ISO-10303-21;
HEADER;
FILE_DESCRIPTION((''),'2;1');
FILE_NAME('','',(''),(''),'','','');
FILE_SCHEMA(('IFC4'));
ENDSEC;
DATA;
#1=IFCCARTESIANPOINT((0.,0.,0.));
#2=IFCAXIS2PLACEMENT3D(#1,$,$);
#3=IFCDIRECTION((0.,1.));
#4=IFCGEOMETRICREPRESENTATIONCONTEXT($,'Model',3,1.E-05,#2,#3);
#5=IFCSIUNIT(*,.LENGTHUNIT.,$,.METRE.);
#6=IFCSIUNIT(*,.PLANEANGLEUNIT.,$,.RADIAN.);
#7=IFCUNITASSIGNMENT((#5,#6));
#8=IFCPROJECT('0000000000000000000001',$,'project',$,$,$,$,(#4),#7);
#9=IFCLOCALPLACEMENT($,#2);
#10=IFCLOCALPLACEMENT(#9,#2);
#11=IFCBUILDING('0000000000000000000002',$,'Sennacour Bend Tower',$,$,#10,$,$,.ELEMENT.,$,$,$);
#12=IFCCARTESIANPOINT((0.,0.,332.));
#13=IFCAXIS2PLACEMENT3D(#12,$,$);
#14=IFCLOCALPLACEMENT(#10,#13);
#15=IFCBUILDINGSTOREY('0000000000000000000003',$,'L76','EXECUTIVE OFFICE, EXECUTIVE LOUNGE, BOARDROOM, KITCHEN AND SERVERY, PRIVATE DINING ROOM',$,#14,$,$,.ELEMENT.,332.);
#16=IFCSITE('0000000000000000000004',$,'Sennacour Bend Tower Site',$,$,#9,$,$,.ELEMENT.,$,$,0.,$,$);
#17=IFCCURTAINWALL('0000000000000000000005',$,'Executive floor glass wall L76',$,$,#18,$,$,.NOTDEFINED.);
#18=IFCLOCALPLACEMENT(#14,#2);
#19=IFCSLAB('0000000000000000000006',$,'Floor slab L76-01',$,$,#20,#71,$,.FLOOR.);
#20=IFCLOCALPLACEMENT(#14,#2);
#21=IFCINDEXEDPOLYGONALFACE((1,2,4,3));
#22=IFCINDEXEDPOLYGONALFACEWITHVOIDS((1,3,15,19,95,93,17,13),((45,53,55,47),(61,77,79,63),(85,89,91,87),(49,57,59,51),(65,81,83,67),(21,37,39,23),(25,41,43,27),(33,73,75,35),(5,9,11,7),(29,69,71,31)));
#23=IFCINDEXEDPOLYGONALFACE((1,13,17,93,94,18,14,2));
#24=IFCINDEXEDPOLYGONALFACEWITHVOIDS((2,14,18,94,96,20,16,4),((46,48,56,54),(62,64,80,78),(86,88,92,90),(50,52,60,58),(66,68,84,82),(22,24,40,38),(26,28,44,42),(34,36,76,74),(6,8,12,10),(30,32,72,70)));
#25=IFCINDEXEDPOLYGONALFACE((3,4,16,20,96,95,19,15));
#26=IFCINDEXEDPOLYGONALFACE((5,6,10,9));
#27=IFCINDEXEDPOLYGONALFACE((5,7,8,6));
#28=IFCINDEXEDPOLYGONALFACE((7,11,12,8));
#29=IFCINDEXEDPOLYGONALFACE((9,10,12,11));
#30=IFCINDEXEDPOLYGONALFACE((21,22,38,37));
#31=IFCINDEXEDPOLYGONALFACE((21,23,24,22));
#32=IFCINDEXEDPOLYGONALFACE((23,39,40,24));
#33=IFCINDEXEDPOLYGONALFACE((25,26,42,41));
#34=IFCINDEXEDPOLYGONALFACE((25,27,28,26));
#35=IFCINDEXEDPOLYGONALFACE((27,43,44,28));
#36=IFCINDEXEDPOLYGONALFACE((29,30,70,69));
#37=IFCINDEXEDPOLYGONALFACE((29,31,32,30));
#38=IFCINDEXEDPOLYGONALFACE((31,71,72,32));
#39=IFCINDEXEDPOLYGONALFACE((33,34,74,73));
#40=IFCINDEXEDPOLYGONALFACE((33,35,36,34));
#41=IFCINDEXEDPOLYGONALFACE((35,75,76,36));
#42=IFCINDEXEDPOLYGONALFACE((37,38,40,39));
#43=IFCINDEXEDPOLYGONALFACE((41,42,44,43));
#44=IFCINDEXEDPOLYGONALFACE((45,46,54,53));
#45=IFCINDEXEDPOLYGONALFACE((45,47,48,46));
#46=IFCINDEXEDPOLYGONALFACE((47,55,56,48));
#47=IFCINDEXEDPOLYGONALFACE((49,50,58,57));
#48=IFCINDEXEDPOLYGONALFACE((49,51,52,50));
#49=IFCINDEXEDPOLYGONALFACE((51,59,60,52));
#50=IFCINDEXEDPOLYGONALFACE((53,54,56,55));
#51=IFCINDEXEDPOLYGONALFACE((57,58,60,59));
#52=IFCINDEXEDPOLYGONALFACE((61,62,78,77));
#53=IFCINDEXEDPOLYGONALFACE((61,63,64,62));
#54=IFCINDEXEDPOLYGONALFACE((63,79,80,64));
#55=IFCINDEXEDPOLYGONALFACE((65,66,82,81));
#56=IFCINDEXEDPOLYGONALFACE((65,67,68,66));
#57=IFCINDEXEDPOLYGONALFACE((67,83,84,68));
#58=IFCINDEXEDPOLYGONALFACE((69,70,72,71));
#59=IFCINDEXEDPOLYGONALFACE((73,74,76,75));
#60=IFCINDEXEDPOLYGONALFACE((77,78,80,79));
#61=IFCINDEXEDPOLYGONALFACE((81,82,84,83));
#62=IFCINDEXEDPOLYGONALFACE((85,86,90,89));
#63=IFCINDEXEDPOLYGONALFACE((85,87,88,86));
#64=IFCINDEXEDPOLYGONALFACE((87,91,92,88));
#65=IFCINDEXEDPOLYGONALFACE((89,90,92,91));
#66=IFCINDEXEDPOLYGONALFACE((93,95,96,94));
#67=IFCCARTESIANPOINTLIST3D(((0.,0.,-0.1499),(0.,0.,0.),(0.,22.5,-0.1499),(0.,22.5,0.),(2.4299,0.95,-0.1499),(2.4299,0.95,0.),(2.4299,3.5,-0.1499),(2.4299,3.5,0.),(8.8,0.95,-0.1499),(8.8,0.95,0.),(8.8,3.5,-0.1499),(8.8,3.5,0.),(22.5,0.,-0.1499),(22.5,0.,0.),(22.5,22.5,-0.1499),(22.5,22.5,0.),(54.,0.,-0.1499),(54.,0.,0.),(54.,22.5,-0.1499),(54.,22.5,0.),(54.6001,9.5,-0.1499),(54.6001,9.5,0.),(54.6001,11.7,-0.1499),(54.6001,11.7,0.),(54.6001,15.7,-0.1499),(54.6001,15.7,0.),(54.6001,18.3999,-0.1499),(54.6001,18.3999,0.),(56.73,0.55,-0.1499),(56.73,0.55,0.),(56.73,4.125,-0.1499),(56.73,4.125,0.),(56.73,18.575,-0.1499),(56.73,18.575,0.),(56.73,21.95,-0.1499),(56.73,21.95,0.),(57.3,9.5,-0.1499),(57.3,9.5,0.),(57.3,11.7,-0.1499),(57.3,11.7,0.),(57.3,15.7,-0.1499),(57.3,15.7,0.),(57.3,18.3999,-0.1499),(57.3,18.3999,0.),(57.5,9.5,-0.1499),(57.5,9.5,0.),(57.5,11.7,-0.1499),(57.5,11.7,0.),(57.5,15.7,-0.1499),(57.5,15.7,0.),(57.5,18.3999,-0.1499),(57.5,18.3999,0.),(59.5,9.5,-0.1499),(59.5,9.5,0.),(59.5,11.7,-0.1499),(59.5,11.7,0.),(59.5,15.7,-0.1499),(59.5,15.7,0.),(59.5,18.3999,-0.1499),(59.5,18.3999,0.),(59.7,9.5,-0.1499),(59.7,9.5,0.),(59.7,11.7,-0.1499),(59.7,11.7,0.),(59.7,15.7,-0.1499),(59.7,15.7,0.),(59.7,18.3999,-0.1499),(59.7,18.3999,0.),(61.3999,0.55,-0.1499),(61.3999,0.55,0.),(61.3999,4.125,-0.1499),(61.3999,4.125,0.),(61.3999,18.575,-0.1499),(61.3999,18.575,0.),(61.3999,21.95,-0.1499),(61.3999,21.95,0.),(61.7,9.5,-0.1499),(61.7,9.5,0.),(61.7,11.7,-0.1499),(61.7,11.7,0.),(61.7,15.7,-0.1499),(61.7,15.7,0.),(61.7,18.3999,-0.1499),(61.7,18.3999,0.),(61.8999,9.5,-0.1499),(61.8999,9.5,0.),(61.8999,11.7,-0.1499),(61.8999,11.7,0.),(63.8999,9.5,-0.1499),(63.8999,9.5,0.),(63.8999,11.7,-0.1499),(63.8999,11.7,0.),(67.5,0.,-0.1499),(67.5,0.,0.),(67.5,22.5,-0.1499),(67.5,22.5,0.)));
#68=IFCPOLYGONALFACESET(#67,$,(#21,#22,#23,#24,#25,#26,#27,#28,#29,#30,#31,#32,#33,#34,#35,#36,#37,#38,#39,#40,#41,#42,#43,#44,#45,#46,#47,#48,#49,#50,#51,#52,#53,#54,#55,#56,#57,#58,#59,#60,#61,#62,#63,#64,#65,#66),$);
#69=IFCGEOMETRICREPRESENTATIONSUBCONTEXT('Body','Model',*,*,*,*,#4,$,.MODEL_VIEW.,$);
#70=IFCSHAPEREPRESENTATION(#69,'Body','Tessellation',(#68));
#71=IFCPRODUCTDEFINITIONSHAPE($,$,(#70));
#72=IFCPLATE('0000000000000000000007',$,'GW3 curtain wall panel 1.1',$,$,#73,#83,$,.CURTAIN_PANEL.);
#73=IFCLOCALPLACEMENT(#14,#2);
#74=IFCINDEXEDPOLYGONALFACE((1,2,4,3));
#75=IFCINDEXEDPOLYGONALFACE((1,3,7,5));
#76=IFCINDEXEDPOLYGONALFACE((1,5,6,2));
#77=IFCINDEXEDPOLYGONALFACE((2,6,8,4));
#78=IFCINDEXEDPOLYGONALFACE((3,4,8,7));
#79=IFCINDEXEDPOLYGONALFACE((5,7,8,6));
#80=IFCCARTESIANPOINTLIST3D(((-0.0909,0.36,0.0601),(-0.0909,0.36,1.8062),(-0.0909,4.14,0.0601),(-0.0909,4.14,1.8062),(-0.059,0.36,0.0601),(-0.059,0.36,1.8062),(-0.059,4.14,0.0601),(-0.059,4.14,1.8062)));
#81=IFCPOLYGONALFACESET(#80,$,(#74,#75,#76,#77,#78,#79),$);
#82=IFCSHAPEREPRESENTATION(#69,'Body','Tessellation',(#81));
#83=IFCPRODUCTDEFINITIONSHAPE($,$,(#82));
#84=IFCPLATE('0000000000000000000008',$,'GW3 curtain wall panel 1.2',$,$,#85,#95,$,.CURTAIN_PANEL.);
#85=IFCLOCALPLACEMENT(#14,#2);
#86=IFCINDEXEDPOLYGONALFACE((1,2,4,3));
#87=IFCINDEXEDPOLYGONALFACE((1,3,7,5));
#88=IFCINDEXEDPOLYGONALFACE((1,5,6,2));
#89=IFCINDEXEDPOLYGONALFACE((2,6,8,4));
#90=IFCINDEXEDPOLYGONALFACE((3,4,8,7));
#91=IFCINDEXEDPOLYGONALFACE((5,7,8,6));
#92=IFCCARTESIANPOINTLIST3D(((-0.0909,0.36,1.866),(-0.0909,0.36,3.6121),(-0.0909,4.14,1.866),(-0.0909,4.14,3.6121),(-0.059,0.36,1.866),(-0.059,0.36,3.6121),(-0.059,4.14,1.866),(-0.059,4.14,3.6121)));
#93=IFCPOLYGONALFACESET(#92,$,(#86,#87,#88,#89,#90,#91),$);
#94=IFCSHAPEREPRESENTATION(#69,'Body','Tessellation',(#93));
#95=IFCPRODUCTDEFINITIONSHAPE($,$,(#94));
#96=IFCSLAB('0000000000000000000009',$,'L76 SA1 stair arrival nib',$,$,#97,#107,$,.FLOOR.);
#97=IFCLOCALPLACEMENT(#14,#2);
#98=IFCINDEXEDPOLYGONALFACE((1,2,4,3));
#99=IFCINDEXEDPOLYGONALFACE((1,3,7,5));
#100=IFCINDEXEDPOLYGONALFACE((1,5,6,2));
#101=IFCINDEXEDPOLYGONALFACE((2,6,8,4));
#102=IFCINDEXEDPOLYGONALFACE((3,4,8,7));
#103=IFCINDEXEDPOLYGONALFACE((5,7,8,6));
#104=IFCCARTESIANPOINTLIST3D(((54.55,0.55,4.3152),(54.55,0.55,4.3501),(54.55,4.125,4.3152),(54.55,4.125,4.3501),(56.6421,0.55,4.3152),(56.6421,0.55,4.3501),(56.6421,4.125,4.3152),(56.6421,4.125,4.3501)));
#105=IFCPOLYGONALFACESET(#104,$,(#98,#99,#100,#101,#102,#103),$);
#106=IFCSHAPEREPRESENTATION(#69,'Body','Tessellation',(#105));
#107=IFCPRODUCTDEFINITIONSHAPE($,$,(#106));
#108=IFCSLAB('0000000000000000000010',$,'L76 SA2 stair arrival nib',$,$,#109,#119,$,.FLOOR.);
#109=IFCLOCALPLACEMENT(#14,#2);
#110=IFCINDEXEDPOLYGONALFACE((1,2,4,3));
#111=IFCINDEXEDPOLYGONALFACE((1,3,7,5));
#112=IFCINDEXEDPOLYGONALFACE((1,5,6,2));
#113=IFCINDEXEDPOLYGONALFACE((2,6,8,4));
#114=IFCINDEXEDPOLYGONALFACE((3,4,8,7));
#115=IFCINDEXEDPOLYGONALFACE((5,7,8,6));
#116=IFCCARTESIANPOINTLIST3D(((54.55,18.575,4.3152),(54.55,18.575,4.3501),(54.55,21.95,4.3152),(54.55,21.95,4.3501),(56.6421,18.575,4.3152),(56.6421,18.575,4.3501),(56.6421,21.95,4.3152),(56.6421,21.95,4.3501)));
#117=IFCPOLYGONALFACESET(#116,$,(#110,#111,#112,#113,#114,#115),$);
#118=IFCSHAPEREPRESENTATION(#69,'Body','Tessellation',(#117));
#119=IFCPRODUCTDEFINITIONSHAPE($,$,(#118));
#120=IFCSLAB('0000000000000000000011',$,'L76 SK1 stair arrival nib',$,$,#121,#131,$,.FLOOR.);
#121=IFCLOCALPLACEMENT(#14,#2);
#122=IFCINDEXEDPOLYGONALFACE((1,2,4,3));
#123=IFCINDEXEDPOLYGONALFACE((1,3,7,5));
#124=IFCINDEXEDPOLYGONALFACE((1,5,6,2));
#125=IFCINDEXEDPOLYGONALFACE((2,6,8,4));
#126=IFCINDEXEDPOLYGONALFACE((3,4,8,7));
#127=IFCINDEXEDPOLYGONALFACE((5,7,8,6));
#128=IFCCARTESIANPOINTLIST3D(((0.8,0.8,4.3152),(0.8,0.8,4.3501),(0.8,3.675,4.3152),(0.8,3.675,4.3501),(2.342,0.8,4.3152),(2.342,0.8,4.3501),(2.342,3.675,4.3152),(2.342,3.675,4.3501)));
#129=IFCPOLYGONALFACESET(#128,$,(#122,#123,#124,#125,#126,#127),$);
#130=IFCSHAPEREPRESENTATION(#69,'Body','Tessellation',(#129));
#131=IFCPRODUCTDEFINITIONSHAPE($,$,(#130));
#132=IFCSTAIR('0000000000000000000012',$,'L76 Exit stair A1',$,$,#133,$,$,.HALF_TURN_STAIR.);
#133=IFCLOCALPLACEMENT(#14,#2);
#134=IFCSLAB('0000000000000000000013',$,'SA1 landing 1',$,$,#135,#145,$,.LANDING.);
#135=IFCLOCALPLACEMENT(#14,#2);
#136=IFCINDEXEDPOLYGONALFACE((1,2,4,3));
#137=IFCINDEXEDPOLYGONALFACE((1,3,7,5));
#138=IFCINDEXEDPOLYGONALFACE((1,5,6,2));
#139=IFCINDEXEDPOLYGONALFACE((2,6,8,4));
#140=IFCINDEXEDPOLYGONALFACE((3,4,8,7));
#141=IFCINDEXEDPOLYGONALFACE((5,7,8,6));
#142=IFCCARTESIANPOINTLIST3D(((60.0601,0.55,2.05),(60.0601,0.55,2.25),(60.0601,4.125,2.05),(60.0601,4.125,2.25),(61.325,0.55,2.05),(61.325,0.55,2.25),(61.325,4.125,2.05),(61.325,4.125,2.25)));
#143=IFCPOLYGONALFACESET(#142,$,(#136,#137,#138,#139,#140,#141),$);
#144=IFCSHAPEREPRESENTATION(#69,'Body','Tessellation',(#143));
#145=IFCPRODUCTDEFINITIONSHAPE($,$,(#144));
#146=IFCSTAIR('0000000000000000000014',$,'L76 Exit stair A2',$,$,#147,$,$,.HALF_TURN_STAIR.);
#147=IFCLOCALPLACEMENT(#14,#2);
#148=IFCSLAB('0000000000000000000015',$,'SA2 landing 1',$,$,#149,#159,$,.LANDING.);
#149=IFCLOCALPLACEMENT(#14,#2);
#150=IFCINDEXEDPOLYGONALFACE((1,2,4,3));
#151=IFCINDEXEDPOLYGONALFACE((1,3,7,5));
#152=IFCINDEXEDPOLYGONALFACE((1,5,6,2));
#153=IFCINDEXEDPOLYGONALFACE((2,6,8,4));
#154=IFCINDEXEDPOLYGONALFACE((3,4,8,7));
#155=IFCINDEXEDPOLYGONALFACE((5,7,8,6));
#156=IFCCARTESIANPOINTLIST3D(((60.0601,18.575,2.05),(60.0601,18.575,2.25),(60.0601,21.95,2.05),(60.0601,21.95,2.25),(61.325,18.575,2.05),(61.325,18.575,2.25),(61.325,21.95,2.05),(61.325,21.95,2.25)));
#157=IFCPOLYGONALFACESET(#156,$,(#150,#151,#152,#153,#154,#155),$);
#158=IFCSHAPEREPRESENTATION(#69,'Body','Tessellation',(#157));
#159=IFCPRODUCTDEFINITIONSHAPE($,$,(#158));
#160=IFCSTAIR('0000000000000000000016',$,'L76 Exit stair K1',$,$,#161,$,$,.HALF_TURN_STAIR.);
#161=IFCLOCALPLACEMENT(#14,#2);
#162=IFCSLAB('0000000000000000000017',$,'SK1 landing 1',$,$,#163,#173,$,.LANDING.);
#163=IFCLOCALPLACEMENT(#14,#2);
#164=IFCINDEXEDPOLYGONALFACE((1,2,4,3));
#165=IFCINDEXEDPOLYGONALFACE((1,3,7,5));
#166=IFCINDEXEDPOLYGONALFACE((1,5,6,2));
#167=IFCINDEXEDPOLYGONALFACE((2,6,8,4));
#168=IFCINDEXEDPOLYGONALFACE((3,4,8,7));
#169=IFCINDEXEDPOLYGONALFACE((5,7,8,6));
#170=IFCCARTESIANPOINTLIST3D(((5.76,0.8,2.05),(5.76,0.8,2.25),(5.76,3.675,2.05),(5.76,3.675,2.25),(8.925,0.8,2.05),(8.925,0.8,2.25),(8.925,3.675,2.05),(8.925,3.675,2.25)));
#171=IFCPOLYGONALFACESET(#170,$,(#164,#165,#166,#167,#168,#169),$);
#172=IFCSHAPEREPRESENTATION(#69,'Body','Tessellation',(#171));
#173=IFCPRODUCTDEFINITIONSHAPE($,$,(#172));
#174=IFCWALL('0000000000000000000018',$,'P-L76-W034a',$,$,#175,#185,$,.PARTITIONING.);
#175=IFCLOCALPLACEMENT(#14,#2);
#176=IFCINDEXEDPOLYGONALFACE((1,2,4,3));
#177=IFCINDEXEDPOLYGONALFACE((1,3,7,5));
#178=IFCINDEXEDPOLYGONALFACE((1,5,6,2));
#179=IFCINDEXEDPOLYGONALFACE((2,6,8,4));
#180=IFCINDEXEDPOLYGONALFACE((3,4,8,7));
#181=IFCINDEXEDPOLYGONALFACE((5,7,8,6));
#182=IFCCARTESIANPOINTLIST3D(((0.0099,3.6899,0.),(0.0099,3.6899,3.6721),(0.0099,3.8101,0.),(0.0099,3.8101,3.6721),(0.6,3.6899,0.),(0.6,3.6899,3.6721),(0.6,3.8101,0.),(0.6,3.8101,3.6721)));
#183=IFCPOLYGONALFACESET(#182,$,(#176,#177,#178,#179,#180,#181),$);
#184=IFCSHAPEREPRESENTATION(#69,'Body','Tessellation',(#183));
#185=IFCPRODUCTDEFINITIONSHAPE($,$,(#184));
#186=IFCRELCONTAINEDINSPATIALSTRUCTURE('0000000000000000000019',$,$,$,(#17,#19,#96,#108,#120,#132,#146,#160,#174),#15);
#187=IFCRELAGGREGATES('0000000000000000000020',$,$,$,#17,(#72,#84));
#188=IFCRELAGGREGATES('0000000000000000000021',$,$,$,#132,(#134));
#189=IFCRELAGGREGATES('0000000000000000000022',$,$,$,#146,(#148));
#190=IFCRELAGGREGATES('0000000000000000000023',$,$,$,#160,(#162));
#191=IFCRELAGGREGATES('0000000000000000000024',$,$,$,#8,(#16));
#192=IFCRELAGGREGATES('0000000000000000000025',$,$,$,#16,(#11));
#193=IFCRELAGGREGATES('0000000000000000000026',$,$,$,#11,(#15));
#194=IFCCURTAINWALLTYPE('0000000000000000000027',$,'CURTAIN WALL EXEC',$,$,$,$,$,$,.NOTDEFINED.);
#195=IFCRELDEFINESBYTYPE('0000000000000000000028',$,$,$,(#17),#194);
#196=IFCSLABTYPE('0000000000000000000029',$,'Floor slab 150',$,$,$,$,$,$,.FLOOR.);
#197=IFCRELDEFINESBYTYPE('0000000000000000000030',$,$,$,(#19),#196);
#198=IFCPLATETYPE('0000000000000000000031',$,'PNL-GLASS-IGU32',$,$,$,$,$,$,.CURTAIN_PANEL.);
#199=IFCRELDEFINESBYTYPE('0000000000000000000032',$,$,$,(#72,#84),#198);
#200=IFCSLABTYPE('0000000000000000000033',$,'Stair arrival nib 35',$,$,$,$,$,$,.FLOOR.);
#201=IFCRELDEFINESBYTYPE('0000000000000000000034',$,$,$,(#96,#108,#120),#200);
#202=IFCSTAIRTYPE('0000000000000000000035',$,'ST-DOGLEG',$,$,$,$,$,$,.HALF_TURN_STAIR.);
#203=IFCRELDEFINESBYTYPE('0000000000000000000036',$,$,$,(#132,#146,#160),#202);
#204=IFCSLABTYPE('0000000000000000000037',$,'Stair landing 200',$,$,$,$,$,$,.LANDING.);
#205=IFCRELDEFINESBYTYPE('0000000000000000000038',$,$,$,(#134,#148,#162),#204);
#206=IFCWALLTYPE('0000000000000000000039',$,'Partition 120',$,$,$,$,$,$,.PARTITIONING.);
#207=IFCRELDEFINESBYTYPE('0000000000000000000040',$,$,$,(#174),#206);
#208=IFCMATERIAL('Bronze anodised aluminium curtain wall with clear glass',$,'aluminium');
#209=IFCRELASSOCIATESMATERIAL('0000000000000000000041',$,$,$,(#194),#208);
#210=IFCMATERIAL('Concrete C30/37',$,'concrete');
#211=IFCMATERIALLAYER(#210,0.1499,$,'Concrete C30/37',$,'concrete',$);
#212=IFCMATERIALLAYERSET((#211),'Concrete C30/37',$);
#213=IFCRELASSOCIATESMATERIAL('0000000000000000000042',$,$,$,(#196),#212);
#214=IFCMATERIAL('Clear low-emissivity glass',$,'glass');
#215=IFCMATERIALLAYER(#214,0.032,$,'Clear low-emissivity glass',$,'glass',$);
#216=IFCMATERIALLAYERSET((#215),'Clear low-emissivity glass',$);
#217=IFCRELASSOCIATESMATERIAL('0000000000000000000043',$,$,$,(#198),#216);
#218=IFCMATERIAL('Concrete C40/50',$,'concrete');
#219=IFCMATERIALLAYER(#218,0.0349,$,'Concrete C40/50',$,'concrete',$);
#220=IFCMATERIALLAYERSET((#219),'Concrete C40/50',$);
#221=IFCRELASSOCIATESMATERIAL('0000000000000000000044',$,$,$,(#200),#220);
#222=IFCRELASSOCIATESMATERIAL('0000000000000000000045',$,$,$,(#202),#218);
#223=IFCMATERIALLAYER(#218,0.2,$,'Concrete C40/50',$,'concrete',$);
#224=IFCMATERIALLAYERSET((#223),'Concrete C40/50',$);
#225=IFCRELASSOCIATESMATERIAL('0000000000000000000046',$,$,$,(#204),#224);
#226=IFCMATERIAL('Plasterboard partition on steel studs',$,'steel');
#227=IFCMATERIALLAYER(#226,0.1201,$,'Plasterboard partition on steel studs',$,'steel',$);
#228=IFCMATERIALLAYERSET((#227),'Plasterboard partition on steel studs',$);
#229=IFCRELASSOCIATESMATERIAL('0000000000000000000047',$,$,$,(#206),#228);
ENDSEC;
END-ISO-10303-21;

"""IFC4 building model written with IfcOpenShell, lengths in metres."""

from ifc_helpers import new_model, si_unit, direction, frame, frame_2d, origin, origin_2d, place, context, subcontext, project, spatial, polyline, rectangle, outline, extrude, material, layer, layer_set, type_object, element, aggregate, save


model = new_model("IFC4")

# Units and contexts
model_context = context("Model", 3, precision=1e-05, world=origin(), true_north=direction((0.0, 1.0)))
body_context = subcontext(model_context, "Body", "Model", "MODEL_VIEW")
ifc_project = project(units=[si_unit("LENGTHUNIT", "METRE"), si_unit("PLANEANGLEUNIT", "RADIAN")], contexts=[model_context])

# Site, building, storey
site_placement = place(None, origin())
site = spatial("IfcSite", under=ifc_project, at=site_placement, Name="Sennacour Bend Tower Site", CompositionType="ELEMENT", RefElevation=0.0)
building_placement = place(site_placement, origin())
building = spatial("IfcBuilding", under=site, at=building_placement, Name="Sennacour Bend Tower", CompositionType="ELEMENT")
storey_placement = place(building_placement, frame((0.0, 0.0, 332.0)))
storey = spatial("IfcBuildingStorey", under=building, at=storey_placement, Name="L76", Description="EXECUTIVE OFFICE, EXECUTIVE LOUNGE, BOARDROOM, KITCHEN AND SERVERY, PRIVATE DINING ROOM", CompositionType="ELEMENT", Elevation=332.0)

# Shared definitions
ifc_material_1 = material(Name="Bronze anodised aluminium curtain wall with clear glass", Category="aluminium")
curtain_wall_type = type_object("IfcCurtainWallType", Name="CURTAIN WALL EXEC", PredefinedType="NOTDEFINED", material=ifc_material_1)

# Curtain wall
curtain_wall_1_placement = place(storey_placement, origin())
curtain_wall_1 = element("IfcCurtainWall", 1, at=curtain_wall_1_placement, inside=storey, type_object=curtain_wall_type, Name="Executive floor glass wall L76", PredefinedType="NOTDEFINED")

# Slab
ifc_material_2 = material(Name="Concrete C30/37", Category="concrete")
ifc_layer_1 = layer(ifc_material_2, 0.1499, Name="Concrete C30/37", Category="concrete")
ifc_layer_set_1 = layer_set([ifc_layer_1], Name="Concrete C30/37")
slab_type_1 = type_object("IfcSlabType", Name="Floor slab 150", PredefinedType="FLOOR", material=ifc_layer_set_1)
slab_1_placement = place(storey_placement, frame((0.0, 0.0, -0.1499)))
element("IfcSlab", 2, at=slab_1_placement, inside=storey, type_object=slab_type_1, Name="Floor slab L76-01", PredefinedType="FLOOR", context=body_context, shape_type="SweptSolid", body=[
    extrude(outline(polyline([(0.0, 22.5), (22.5, 22.5), (54.0, 22.5), (67.5, 22.5), (67.5, 0.0), (54.0, 0.0), (22.5, 0.0), (0.0, 0.0), (0.0, 22.5)]), holes=[polyline([(8.8, 3.5), (2.4299, 3.5), (2.4299, 0.95), (8.8, 0.95), (8.8, 3.5)]), polyline([(61.3999, 4.125), (56.73, 4.125), (56.73, 0.55), (61.3999, 0.55), (61.3999, 4.125)]), polyline([(57.3, 11.7), (54.6001, 11.7), (54.6001, 9.5), (57.3, 9.5), (57.3, 11.7)]), polyline([(59.5, 9.5), (59.5, 11.7), (57.5, 11.7), (57.5, 9.5), (59.5, 9.5)]), polyline([(61.7, 9.5), (61.7, 11.7), (59.7, 11.7), (59.7, 9.5), (61.7, 9.5)]), polyline([(63.8999, 11.7), (61.8999, 11.7), (61.8999, 9.5), (63.8999, 9.5), (63.8999, 11.7)]), polyline([(57.3, 18.3999), (54.6001, 18.3999), (54.6001, 15.7), (57.3, 15.7), (57.3, 18.3999)]), polyline([(59.5, 18.3999), (57.5, 18.3999), (57.5, 15.7), (59.5, 15.7), (59.5, 18.3999)]), polyline([(61.7, 15.7), (61.7, 18.3999), (59.7, 18.3999), (59.7, 15.7), (61.7, 15.7)]), polyline([(61.3999, 18.575), (61.3999, 21.95), (56.73, 21.95), (56.73, 18.575), (61.3999, 18.575)])]), origin(), (0.0, 0.0, 1.0), 0.1499),
])

# Plates
ifc_material_3 = material(Name="Clear low-emissivity glass", Category="glass")
ifc_layer_2 = layer(ifc_material_3, 0.032, Name="Clear low-emissivity glass", Category="glass")
ifc_layer_set_2 = layer_set([ifc_layer_2], Name="Clear low-emissivity glass")
plate_type = type_object("IfcPlateType", Name="PNL-GLASS-IGU32", PredefinedType="CURTAIN_PANEL", material=ifc_layer_set_2)
plate_1_placement = place(storey_placement, frame((-0.075, 2.25, 0.0601), z_axis=(0.0, 0.0, 1.0), x_axis=(0.0, -1.0, 0.0)))
plate_1 = element("IfcPlate", 3, at=plate_1_placement, type_object=plate_type, Name="GW3 curtain wall panel 1.1", PredefinedType="CURTAIN_PANEL", context=body_context, shape_type="SweptSolid", body=[
    extrude(rectangle(XDim=3.78, YDim=0.032, at=origin_2d()), origin(), (0.0, 0.0, 1.0), 1.7461),
])
plate_2_placement = place(storey_placement, frame((-0.075, 2.25, 1.866), z_axis=(0.0, 0.0, 1.0), x_axis=(0.0, -1.0, 0.0)))
plate_2 = element("IfcPlate", 4, at=plate_2_placement, type_object=plate_type, Name="GW3 curtain wall panel 1.2", PredefinedType="CURTAIN_PANEL", context=body_context, shape_type="SweptSolid", body=[
    extrude(rectangle(XDim=3.78, YDim=0.032, at=origin_2d()), origin(), (0.0, 0.0, 1.0), 1.7461),
])
aggregate(curtain_wall_1, [plate_1, plate_2])

# Slabs
ifc_material_4 = material(Name="Concrete C40/50", Category="concrete")
ifc_layer_3 = layer(ifc_material_4, 0.0349, Name="Concrete C40/50", Category="concrete")
ifc_layer_set_3 = layer_set([ifc_layer_3], Name="Concrete C40/50")
slab_type_2 = type_object("IfcSlabType", Name="Stair arrival nib 35", PredefinedType="FLOOR", material=ifc_layer_set_3)
slab_2_placement = place(storey_placement, frame((0.0, 0.0, 4.3152)))
element("IfcSlab", 5, at=slab_2_placement, inside=storey, type_object=slab_type_2, Name="L76 SA1 stair arrival nib", PredefinedType="FLOOR", context=body_context, shape_type="SweptSolid", body=[
    extrude(outline(polyline([(56.6421, 4.125), (54.55, 4.125), (54.55, 0.55), (56.6421, 0.55), (56.6421, 4.125)])), origin(), (0.0, 0.0, 1.0), 0.0349),
])
slab_3_placement = place(storey_placement, frame((0.0, 0.0, 4.3152)))
element("IfcSlab", 6, at=slab_3_placement, inside=storey, type_object=slab_type_2, Name="L76 SA2 stair arrival nib", PredefinedType="FLOOR", context=body_context, shape_type="SweptSolid", body=[
    extrude(outline(polyline([(56.6421, 21.95), (54.55, 21.95), (54.55, 18.575), (56.6421, 18.575), (56.6421, 21.95)])), origin(), (0.0, 0.0, 1.0), 0.0349),
])
slab_4_placement = place(storey_placement, frame((0.0, 0.0, 4.3152)))
element("IfcSlab", 7, at=slab_4_placement, inside=storey, type_object=slab_type_2, Name="L76 SK1 stair arrival nib", PredefinedType="FLOOR", context=body_context, shape_type="SweptSolid", body=[
    extrude(outline(polyline([(2.342, 3.675), (0.8, 3.675), (0.8, 0.8), (2.342, 0.8), (2.342, 3.675)])), origin(), (0.0, 0.0, 1.0), 0.0349),
])

# Stairs, slabs
stair_type = type_object("IfcStairType", Name="ST-DOGLEG", PredefinedType="HALF_TURN_STAIR", material=ifc_material_4)
stair_1_placement = place(storey_placement, origin())
stair_1 = element("IfcStair", 8, at=stair_1_placement, inside=storey, type_object=stair_type, Name="L76 Exit stair A1", PredefinedType="HALF_TURN_STAIR")
ifc_layer_4 = layer(ifc_material_4, 0.2, Name="Concrete C40/50", Category="concrete")
ifc_layer_set_4 = layer_set([ifc_layer_4], Name="Concrete C40/50")
slab_type_3 = type_object("IfcSlabType", Name="Stair landing 200", PredefinedType="LANDING", material=ifc_layer_set_4)
slab_5_placement = place(storey_placement, frame((0.0, 0.0, 2.05)))
slab_5 = element("IfcSlab", 9, at=slab_5_placement, type_object=slab_type_3, Name="SA1 landing 1", PredefinedType="LANDING", context=body_context, shape_type="SweptSolid", body=[
    extrude(outline(polyline([(60.0601, 0.55), (61.325, 0.55), (61.325, 4.125), (60.0601, 4.125), (60.0601, 0.55)])), origin(), (0.0, 0.0, 1.0), 0.2),
])
aggregate(stair_1, [slab_5])
stair_2_placement = place(storey_placement, origin())
stair_2 = element("IfcStair", 10, at=stair_2_placement, inside=storey, type_object=stair_type, Name="L76 Exit stair A2", PredefinedType="HALF_TURN_STAIR")
slab_6_placement = place(storey_placement, frame((0.0, 0.0, 2.05)))
slab_6 = element("IfcSlab", 11, at=slab_6_placement, type_object=slab_type_3, Name="SA2 landing 1", PredefinedType="LANDING", context=body_context, shape_type="SweptSolid", body=[
    extrude(outline(polyline([(60.0601, 18.575), (61.325, 18.575), (61.325, 21.95), (60.0601, 21.95), (60.0601, 18.575)])), origin(), (0.0, 0.0, 1.0), 0.2),
])
aggregate(stair_2, [slab_6])
stair_3_placement = place(storey_placement, origin())
stair_3 = element("IfcStair", 12, at=stair_3_placement, inside=storey, type_object=stair_type, Name="L76 Exit stair K1", PredefinedType="HALF_TURN_STAIR")
slab_7_placement = place(storey_placement, frame((0.0, 0.0, 2.05)))
slab_7 = element("IfcSlab", 13, at=slab_7_placement, type_object=slab_type_3, Name="SK1 landing 1", PredefinedType="LANDING", context=body_context, shape_type="SweptSolid", body=[
    extrude(outline(polyline([(5.76, 0.8), (8.925, 0.8), (8.925, 3.675), (5.76, 3.675), (5.76, 0.8)])), origin(), (0.0, 0.0, 1.0), 0.2),
])
aggregate(stair_3, [slab_7])

# Wall
ifc_material_5 = material(Name="Plasterboard partition on steel studs", Category="steel")
ifc_layer_5 = layer(ifc_material_5, 0.1201, Name="Plasterboard partition on steel studs", Category="steel")
ifc_layer_set_5 = layer_set([ifc_layer_5], Name="Plasterboard partition on steel studs")
wall_type = type_object("IfcWallType", Name="Partition 120", PredefinedType="PARTITIONING", material=ifc_layer_set_5)
wall_placement = place(storey_placement, frame((0.01, 3.75, 0.0), z_axis=(0.0, 0.0, 1.0), x_axis=(1.0, 0.0, 0.0)))
element("IfcWall", 14, at=wall_placement, inside=storey, type_object=wall_type, Name="P-L76-W034a", PredefinedType="PARTITIONING", context=body_context, shape_type="SweptSolid", body=[
    extrude(rectangle(XDim=0.5901, YDim=0.1201, at=frame_2d((0.2949, 0.0))), origin(), (0.0, 0.0, 1.0), 3.6721),
])

save(model, "model.ifc")
